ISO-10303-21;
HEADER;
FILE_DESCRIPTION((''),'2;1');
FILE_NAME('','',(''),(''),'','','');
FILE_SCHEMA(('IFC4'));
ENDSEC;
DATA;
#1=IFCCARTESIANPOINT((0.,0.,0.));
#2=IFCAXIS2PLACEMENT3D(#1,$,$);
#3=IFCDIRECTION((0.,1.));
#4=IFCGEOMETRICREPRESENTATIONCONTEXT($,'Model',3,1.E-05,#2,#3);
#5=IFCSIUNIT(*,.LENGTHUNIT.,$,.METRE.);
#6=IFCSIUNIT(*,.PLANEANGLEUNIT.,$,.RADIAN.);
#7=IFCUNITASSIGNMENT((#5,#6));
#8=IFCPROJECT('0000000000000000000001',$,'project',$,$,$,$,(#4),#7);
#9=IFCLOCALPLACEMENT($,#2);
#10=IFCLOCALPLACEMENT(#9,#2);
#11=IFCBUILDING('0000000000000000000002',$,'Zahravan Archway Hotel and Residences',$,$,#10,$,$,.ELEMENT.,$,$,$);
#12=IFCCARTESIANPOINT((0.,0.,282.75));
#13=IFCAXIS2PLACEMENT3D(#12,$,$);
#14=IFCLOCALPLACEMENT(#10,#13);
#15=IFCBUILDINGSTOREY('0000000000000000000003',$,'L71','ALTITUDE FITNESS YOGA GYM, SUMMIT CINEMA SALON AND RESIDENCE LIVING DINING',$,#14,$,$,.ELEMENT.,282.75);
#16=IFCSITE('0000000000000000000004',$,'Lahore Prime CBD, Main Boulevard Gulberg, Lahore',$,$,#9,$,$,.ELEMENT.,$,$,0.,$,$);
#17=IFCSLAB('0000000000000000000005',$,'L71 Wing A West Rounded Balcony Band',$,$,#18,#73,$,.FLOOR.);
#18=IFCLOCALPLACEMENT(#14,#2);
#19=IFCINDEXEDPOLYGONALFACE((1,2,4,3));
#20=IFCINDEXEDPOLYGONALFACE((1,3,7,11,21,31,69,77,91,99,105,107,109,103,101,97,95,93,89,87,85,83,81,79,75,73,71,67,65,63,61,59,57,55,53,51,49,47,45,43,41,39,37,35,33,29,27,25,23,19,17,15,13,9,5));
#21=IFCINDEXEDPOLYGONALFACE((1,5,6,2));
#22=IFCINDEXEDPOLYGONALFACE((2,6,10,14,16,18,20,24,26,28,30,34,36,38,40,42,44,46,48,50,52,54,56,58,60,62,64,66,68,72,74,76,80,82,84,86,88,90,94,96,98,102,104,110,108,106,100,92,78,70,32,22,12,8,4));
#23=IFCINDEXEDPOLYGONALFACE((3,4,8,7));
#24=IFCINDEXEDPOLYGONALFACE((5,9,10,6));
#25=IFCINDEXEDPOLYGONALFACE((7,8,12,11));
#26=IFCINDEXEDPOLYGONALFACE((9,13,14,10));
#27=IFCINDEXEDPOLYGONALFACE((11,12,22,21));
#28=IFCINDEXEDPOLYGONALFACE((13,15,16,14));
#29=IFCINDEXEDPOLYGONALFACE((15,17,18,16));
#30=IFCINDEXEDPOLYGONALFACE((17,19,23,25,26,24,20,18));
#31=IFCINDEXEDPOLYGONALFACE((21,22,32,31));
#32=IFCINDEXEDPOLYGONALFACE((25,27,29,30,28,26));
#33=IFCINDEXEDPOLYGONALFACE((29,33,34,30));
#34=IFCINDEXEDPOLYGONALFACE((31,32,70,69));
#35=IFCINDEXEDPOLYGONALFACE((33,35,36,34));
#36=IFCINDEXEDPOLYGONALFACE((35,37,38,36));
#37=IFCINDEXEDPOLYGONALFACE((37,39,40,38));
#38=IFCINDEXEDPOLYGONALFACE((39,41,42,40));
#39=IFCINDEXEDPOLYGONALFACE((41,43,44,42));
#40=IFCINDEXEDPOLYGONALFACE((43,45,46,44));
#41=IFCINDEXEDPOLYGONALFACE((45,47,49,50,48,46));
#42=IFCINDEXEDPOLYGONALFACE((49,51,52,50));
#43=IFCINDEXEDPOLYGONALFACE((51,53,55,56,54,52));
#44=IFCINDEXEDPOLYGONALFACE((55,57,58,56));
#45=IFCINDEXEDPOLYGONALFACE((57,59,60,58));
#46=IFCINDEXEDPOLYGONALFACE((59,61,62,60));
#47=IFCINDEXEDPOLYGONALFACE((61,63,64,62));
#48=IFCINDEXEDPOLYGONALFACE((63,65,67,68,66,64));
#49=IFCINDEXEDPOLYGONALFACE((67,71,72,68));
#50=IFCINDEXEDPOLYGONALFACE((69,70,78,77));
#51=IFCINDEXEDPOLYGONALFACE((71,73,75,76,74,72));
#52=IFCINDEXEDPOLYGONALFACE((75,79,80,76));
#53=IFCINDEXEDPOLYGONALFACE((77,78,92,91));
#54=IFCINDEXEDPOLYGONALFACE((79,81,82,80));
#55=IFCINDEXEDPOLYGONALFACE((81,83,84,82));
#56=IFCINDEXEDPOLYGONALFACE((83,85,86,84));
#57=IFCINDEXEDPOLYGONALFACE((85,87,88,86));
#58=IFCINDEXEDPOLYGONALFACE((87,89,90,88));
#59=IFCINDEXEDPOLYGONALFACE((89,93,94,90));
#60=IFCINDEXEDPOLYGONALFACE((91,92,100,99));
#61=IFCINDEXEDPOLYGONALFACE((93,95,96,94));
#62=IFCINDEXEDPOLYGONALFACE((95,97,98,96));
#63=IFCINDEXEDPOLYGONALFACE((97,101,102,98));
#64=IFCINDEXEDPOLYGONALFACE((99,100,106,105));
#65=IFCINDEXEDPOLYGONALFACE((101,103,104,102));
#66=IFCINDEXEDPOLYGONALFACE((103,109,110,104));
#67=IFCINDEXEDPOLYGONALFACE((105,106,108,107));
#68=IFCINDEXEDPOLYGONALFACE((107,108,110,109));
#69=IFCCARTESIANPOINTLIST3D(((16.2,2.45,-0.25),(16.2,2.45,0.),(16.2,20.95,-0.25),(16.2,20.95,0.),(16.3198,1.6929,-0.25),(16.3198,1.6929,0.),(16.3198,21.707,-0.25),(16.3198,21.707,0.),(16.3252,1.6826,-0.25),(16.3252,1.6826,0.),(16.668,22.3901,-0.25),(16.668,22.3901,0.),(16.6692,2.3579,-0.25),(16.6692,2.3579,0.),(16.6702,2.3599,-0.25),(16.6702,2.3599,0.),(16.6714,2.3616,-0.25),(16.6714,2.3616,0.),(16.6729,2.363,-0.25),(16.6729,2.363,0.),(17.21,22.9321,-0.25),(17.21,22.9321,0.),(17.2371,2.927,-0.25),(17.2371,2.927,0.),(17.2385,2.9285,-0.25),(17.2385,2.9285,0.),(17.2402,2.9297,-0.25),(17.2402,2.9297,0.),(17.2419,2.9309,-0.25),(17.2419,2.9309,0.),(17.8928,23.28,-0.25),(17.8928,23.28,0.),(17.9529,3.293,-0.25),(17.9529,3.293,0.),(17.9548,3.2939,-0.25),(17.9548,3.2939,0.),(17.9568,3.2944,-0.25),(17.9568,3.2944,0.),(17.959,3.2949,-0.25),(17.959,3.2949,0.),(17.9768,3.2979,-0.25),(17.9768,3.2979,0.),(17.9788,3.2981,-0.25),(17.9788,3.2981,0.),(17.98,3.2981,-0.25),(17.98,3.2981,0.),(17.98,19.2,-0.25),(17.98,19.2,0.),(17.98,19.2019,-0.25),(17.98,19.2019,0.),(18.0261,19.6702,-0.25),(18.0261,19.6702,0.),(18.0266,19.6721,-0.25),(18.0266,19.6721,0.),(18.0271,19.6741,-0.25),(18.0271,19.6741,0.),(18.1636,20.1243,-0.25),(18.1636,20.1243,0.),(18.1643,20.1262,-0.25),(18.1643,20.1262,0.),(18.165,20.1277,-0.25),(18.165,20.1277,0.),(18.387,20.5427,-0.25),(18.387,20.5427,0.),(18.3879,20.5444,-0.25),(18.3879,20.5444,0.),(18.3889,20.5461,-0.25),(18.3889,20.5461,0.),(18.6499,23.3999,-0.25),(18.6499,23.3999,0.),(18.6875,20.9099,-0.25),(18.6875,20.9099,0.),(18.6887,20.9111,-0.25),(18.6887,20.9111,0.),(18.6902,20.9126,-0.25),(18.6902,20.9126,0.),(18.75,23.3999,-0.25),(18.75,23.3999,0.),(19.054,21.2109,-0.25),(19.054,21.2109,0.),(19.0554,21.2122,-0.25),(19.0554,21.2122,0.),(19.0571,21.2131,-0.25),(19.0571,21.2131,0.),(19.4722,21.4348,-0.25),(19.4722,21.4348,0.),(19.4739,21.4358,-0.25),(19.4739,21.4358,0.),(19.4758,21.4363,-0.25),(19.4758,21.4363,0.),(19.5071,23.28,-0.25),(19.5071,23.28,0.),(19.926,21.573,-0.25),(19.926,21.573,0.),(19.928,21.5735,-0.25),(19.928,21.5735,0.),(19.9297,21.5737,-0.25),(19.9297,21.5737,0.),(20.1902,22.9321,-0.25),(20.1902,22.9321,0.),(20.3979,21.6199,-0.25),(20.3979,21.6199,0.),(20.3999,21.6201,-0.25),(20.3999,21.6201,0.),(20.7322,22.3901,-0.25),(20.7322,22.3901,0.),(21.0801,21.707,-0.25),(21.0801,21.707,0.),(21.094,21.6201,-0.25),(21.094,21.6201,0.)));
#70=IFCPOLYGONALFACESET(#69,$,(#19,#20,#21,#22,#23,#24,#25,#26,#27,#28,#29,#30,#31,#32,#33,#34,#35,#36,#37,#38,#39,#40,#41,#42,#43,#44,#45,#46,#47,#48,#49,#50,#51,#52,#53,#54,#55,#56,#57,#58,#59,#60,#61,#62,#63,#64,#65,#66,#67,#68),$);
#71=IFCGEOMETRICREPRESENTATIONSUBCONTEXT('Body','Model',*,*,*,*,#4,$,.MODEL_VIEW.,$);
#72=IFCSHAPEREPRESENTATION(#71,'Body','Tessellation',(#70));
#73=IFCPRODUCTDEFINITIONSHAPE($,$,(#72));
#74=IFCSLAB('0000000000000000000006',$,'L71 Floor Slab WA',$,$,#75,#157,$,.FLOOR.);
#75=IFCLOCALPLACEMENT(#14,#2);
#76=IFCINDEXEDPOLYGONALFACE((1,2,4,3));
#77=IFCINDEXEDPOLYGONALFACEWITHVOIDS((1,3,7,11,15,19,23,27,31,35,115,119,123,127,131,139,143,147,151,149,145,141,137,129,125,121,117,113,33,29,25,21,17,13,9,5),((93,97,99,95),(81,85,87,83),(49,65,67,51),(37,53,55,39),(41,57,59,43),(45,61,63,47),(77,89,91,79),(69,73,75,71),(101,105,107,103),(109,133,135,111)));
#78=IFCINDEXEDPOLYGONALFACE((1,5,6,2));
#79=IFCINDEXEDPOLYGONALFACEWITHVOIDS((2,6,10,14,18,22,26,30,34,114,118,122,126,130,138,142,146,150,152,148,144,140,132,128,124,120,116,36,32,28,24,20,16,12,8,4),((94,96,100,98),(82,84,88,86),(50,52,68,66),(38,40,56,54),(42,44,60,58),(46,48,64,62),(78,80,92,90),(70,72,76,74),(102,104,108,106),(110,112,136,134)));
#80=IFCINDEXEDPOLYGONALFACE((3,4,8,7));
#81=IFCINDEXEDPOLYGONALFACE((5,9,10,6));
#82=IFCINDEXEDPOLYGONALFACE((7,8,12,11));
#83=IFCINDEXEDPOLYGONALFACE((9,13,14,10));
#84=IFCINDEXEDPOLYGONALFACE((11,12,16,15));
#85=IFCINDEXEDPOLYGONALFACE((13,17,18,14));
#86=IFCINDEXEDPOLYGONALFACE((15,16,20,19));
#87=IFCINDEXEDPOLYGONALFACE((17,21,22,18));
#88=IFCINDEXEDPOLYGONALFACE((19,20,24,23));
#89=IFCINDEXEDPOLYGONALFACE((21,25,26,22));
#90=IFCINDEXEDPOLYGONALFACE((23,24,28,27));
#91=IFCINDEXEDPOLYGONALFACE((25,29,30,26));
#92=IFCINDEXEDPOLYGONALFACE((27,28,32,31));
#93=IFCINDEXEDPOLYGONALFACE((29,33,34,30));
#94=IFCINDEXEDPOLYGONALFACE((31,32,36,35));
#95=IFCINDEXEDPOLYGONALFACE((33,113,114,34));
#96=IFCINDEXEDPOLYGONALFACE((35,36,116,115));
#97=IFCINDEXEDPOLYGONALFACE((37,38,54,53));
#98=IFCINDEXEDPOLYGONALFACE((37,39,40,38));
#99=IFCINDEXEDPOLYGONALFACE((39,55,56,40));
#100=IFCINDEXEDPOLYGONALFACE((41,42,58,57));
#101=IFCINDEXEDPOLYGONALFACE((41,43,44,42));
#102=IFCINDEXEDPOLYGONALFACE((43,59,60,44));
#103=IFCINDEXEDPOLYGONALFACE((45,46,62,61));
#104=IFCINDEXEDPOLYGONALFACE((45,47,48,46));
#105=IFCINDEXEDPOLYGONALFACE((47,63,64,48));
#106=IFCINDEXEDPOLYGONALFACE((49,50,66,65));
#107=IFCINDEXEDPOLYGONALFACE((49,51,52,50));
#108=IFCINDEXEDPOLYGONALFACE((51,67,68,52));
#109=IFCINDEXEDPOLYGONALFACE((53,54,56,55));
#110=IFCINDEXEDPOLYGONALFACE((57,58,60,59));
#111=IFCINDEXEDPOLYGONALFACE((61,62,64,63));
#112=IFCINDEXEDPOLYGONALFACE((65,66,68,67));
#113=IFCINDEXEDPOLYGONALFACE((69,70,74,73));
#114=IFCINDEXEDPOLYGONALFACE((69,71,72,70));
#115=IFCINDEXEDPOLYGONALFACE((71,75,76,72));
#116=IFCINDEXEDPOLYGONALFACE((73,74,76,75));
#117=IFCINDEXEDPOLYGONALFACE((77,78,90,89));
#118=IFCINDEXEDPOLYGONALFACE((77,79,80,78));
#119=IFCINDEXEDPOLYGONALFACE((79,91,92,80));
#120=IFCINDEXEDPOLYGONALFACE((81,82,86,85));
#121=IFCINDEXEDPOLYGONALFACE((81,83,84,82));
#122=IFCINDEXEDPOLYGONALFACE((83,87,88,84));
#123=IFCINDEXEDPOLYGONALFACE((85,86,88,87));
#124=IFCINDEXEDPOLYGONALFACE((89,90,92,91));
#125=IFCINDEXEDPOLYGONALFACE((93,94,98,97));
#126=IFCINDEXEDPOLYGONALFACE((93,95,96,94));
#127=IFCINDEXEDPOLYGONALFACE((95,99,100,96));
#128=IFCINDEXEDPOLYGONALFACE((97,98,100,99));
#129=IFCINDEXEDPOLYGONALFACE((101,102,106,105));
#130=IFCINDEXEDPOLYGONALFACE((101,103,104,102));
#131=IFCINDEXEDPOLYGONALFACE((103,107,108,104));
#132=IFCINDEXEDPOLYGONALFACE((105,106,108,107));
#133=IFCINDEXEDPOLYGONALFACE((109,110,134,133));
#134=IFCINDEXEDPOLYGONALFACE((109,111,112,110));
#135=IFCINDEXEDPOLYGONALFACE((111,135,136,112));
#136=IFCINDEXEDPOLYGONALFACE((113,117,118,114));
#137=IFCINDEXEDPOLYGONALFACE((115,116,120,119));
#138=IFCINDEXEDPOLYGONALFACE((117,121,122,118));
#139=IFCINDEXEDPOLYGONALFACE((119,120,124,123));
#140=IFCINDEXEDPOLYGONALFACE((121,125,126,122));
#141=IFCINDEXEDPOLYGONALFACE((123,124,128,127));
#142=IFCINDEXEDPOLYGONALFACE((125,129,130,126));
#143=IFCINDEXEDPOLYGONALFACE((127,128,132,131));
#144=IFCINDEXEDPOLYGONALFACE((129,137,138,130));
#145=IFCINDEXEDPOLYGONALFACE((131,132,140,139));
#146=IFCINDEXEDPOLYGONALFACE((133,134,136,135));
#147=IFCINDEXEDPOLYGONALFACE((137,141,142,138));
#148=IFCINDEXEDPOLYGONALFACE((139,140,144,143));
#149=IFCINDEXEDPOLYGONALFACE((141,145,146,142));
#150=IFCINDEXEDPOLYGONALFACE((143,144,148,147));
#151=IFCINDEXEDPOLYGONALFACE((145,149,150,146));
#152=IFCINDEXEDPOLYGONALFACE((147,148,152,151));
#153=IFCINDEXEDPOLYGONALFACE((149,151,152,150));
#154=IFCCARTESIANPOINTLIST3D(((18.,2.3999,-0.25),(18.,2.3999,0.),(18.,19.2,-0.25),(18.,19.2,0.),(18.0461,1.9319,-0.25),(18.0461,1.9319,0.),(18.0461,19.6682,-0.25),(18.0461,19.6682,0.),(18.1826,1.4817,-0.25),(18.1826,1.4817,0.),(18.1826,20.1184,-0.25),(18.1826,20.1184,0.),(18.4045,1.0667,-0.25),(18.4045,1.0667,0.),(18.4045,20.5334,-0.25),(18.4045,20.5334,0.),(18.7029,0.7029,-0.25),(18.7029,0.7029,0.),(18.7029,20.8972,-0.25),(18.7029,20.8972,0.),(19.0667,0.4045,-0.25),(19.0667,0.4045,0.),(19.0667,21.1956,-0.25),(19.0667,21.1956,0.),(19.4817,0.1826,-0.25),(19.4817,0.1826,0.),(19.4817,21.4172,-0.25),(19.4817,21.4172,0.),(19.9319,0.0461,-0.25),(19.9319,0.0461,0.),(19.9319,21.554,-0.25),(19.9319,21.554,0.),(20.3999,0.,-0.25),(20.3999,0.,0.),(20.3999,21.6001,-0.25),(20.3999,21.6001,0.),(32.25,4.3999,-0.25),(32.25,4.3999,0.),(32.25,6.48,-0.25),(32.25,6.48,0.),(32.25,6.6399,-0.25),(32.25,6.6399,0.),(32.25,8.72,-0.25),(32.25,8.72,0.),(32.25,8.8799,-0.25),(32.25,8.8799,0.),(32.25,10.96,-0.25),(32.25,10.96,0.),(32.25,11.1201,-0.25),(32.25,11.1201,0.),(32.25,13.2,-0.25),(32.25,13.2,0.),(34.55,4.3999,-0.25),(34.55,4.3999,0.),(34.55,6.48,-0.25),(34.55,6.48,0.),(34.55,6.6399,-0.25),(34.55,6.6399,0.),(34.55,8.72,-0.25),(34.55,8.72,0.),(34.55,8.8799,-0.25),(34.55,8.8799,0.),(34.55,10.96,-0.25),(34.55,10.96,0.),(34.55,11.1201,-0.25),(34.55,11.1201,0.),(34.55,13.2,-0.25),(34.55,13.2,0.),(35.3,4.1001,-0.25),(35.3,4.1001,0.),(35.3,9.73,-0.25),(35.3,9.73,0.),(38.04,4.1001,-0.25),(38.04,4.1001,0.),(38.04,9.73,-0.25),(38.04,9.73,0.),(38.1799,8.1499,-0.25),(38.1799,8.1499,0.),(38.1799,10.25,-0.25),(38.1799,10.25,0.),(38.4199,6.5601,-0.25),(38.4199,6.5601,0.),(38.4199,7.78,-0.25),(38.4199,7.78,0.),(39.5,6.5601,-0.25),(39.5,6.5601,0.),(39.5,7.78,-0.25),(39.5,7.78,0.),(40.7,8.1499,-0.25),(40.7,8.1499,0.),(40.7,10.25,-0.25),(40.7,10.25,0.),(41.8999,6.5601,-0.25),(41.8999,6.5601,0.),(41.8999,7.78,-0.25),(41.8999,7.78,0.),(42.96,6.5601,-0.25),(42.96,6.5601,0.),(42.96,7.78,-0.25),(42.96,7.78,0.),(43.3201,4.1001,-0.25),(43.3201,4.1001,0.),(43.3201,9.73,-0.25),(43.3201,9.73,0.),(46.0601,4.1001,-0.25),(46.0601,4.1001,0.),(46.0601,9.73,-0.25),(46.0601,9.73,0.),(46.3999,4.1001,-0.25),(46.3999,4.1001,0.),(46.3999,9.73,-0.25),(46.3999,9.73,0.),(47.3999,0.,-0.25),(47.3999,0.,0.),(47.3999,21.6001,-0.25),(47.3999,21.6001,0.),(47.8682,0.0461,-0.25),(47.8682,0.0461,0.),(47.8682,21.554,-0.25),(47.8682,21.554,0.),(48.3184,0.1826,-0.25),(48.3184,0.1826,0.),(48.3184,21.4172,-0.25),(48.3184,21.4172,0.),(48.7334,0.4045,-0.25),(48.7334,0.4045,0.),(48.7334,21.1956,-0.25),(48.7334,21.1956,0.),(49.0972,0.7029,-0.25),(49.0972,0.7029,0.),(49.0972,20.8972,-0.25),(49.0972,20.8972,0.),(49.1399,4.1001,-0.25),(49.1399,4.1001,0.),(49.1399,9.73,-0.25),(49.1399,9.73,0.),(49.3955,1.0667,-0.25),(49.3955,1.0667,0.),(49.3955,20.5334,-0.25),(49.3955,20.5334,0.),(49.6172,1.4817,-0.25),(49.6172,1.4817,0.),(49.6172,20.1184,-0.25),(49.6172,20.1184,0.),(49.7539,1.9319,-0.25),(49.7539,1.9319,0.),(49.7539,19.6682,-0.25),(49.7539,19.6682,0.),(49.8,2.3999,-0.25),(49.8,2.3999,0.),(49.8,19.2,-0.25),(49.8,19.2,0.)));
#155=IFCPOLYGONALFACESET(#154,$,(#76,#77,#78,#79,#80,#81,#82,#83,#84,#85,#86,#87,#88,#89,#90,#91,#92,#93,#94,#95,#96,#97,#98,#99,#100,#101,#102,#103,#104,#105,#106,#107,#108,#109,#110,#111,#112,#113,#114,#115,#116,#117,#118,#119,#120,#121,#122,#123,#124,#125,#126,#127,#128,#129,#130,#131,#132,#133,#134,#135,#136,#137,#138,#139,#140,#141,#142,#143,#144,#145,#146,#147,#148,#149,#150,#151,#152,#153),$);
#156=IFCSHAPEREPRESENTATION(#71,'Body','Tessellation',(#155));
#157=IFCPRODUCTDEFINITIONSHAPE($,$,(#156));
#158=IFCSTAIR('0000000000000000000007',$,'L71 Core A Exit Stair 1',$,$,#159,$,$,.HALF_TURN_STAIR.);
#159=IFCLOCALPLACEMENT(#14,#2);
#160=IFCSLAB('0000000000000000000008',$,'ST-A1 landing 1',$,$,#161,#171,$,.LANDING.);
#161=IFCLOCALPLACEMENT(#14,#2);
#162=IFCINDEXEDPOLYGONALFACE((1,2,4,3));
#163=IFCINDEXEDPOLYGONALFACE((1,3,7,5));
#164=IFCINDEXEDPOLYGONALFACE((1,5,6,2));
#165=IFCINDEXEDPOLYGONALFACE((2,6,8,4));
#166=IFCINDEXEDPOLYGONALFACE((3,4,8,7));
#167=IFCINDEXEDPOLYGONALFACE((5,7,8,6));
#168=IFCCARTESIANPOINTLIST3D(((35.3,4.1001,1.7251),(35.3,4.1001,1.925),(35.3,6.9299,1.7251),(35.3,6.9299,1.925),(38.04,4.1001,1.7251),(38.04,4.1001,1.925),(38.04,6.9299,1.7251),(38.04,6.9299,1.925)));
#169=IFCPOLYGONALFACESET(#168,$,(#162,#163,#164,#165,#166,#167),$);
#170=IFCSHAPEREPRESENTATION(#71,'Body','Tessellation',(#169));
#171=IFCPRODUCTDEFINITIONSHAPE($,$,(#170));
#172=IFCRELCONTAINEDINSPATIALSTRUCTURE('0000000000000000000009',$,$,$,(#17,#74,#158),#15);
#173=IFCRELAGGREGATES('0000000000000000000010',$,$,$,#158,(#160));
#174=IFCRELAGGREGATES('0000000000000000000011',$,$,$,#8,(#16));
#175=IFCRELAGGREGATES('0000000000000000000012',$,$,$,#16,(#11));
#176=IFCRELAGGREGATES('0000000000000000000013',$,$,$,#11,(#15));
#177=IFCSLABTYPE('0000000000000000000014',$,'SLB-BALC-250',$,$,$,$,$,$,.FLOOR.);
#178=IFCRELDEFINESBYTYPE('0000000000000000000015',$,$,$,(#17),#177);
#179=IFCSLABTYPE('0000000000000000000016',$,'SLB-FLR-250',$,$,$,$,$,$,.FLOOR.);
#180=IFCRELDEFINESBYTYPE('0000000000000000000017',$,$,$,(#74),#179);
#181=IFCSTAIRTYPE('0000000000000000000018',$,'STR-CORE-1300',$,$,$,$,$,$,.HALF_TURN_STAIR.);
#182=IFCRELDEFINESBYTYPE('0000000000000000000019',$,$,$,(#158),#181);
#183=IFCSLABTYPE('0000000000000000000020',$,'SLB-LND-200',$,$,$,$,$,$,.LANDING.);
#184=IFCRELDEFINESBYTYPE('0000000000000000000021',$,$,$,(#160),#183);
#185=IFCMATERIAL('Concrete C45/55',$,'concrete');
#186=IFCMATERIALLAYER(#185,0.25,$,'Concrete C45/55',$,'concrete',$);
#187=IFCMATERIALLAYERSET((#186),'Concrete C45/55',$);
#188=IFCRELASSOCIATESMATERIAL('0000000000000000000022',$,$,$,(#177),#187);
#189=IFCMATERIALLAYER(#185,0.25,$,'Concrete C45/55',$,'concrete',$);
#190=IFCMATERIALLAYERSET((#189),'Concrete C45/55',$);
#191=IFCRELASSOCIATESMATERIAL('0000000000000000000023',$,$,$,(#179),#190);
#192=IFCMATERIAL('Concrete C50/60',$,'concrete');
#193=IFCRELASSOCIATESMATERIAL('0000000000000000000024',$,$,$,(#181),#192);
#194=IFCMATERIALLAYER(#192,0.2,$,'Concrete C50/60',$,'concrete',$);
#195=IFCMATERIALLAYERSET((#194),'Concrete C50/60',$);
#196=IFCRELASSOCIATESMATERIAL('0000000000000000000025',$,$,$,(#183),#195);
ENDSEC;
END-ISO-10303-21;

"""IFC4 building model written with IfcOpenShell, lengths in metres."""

from ifc_helpers import new_model, si_unit, direction, frame, origin, place, context, subcontext, project, spatial, polyline, outline, extrude, material, layer, layer_set, type_object, element, aggregate, save


model = new_model("IFC4")

# Units and contexts
model_context = context("Model", 3, precision=1e-05, world=origin(), true_north=direction((0.0, 1.0)))
body_context = subcontext(model_context, "Body", "Model", "MODEL_VIEW")
ifc_project = project(units=[si_unit("LENGTHUNIT", "METRE"), si_unit("PLANEANGLEUNIT", "RADIAN")], contexts=[model_context])

# Site, building, storey
site_placement = place(None, origin())
site = spatial("IfcSite", under=ifc_project, at=site_placement, Name="Lahore Prime CBD, Main Boulevard Gulberg, Lahore", CompositionType="ELEMENT", RefElevation=0.0)
building_placement = place(site_placement, origin())
building = spatial("IfcBuilding", under=site, at=building_placement, Name="Zahravan Archway Hotel and Residences", CompositionType="ELEMENT")
storey_placement = place(building_placement, frame((0.0, 0.0, 282.75)))
storey = spatial("IfcBuildingStorey", under=building, at=storey_placement, Name="L71", Description="ALTITUDE FITNESS YOGA GYM, SUMMIT CINEMA SALON AND RESIDENCE LIVING DINING", CompositionType="ELEMENT", Elevation=282.75)

# Slabs
ifc_material_1 = material(Name="Concrete C45/55", Category="concrete")
ifc_layer_1 = layer(ifc_material_1, 0.25, Name="Concrete C45/55", Category="concrete")
ifc_layer_set_1 = layer_set([ifc_layer_1], Name="Concrete C45/55")
slab_type_1 = type_object("IfcSlabType", Name="SLB-BALC-250", PredefinedType="FLOOR", material=ifc_layer_set_1)
slab_1_placement = place(storey_placement, frame((0.0, 0.0, -0.25)))
element("IfcSlab", 1, at=slab_1_placement, inside=storey, type_object=slab_type_1, Name="L71 Wing A West Rounded Balcony Band", PredefinedType="FLOOR", context=body_context, shape_type="SweptSolid", body=[
    extrude(outline(polyline([(16.3198, 1.6929), (16.2, 2.45), (16.2, 20.95), (16.3198, 21.707), (16.668, 22.3901), (17.21, 22.9321), (17.8928, 23.28), (18.6499, 23.3999), (18.75, 23.3999), (19.5071, 23.28), (20.1902, 22.9321), (20.7322, 22.3901), (21.0801, 21.707), (21.094, 21.6201), (20.3999, 21.6201), (20.3979, 21.6199), (19.9297, 21.5737), (19.928, 21.5735), (19.926, 21.573), (19.4758, 21.4363), (19.4739, 21.4358), (19.4722, 21.4348), (19.0571, 21.2131), (19.0554, 21.2122), (19.054, 21.2109), (18.6902, 20.9126), (18.6887, 20.9111), (18.6875, 20.9099), (18.3889, 20.5461), (18.3879, 20.5444), (18.387, 20.5427), (18.165, 20.1277), (18.1643, 20.1262), (18.1636, 20.1243), (18.0271, 19.6741), (18.0266, 19.6721), (18.0261, 19.6702), (17.98, 19.2019), (17.98, 19.2), (17.98, 3.2981), (17.9788, 3.2981), (17.9768, 3.2979), (17.959, 3.2949), (17.9568, 3.2944), (17.9548, 3.2939), (17.9529, 3.293), (17.2419, 2.9309), (17.2402, 2.9297), (17.2385, 2.9285), (17.2371, 2.927), (16.6729, 2.363), (16.6714, 2.3616), (16.6702, 2.3599), (16.6692, 2.3579), (16.3252, 1.6826), (16.3198, 1.6929)])), origin(), (0.0, 0.0, 1.0), 0.25),
])
ifc_layer_2 = layer(ifc_material_1, 0.25, Name="Concrete C45/55", Category="concrete")
ifc_layer_set_2 = layer_set([ifc_layer_2], Name="Concrete C45/55")
slab_type_2 = type_object("IfcSlabType", Name="SLB-FLR-250", PredefinedType="FLOOR", material=ifc_layer_set_2)
slab_2_placement = place(storey_placement, frame((0.0, 0.0, -0.25)))
element("IfcSlab", 2, at=slab_2_placement, inside=storey, type_object=slab_type_2, Name="L71 Floor Slab WA", PredefinedType="FLOOR", context=body_context, shape_type="SweptSolid", body=[
    extrude(outline(polyline([(47.3999, 0.0), (47.8682, 0.0461), (48.3184, 0.1826), (48.7334, 0.4045), (49.0972, 0.7029), (49.3955, 1.0667), (49.6172, 1.4817), (49.7539, 1.9319), (49.8, 2.3999), (49.8, 19.2), (49.7539, 19.6682), (49.6172, 20.1184), (49.3955, 20.5334), (49.0972, 20.8972), (48.7334, 21.1956), (48.3184, 21.4172), (47.8682, 21.554), (47.3999, 21.6001), (20.3999, 21.6001), (19.9319, 21.554), (19.4817, 21.4172), (19.0667, 21.1956), (18.7029, 20.8972), (18.4045, 20.5334), (18.1826, 20.1184), (18.0461, 19.6682), (18.0, 19.2), (18.0, 2.3999), (18.0461, 1.9319), (18.1826, 1.4817), (18.4045, 1.0667), (18.7029, 0.7029), (19.0667, 0.4045), (19.4817, 0.1826), (19.9319, 0.0461), (20.3999, 0.0), (47.3999, 0.0)]), holes=[polyline([(35.3, 9.73), (35.3, 4.1001), (38.04, 4.1001), (38.04, 9.73), (35.3, 9.73)]), polyline([(43.3201, 9.73), (43.3201, 4.1001), (46.0601, 4.1001), (46.0601, 9.73), (43.3201, 9.73)]), polyline([(46.3999, 9.73), (46.3999, 4.1001), (49.1399, 4.1001), (49.1399, 9.73), (46.3999, 9.73)]), polyline([(38.1799, 8.1499), (40.7, 8.1499), (40.7, 10.25), (38.1799, 10.25), (38.1799, 8.1499)]), polyline([(32.25, 4.3999), (34.55, 4.3999), (34.55, 6.48), (32.25, 6.48), (32.25, 4.3999)]), polyline([(32.25, 6.6399), (34.55, 6.6399), (34.55, 8.72), (32.25, 8.72), (32.25, 6.6399)]), polyline([(32.25, 8.8799), (34.55, 8.8799), (34.55, 10.96), (32.25, 10.96), (32.25, 8.8799)]), polyline([(32.25, 11.1201), (34.55, 11.1201), (34.55, 13.2), (32.25, 13.2), (32.25, 11.1201)]), polyline([(38.4199, 6.5601), (39.5, 6.5601), (39.5, 7.78), (38.4199, 7.78), (38.4199, 6.5601)]), polyline([(41.8999, 6.5601), (42.96, 6.5601), (42.96, 7.78), (41.8999, 7.78), (41.8999, 6.5601)])]), origin(), (0.0, 0.0, 1.0), 0.25),
])

# Stair, slab
ifc_material_2 = material(Name="Concrete C50/60", Category="concrete")
stair_type = type_object("IfcStairType", Name="STR-CORE-1300", PredefinedType="HALF_TURN_STAIR", material=ifc_material_2)
stair_1_placement = place(storey_placement, origin())
stair_1 = element("IfcStair", 3, at=stair_1_placement, inside=storey, type_object=stair_type, Name="L71 Core A Exit Stair 1", PredefinedType="HALF_TURN_STAIR")
ifc_layer_3 = layer(ifc_material_2, 0.2, Name="Concrete C50/60", Category="concrete")
ifc_layer_set_3 = layer_set([ifc_layer_3], Name="Concrete C50/60")
slab_type_3 = type_object("IfcSlabType", Name="SLB-LND-200", PredefinedType="LANDING", material=ifc_layer_set_3)
slab_3_placement = place(storey_placement, frame((0.0, 0.0, 1.7251)))
slab_3 = element("IfcSlab", 4, at=slab_3_placement, type_object=slab_type_3, Name="ST-A1 landing 1", PredefinedType="LANDING", context=body_context, shape_type="SweptSolid", body=[
    extrude(outline(polyline([(35.3, 6.9299), (35.3, 4.1001), (38.04, 4.1001), (38.04, 6.9299), (35.3, 6.9299)])), origin(), (0.0, 0.0, 1.0), 0.2),
])
aggregate(stair_1, [slab_3])

save(model, "model.ifc")
